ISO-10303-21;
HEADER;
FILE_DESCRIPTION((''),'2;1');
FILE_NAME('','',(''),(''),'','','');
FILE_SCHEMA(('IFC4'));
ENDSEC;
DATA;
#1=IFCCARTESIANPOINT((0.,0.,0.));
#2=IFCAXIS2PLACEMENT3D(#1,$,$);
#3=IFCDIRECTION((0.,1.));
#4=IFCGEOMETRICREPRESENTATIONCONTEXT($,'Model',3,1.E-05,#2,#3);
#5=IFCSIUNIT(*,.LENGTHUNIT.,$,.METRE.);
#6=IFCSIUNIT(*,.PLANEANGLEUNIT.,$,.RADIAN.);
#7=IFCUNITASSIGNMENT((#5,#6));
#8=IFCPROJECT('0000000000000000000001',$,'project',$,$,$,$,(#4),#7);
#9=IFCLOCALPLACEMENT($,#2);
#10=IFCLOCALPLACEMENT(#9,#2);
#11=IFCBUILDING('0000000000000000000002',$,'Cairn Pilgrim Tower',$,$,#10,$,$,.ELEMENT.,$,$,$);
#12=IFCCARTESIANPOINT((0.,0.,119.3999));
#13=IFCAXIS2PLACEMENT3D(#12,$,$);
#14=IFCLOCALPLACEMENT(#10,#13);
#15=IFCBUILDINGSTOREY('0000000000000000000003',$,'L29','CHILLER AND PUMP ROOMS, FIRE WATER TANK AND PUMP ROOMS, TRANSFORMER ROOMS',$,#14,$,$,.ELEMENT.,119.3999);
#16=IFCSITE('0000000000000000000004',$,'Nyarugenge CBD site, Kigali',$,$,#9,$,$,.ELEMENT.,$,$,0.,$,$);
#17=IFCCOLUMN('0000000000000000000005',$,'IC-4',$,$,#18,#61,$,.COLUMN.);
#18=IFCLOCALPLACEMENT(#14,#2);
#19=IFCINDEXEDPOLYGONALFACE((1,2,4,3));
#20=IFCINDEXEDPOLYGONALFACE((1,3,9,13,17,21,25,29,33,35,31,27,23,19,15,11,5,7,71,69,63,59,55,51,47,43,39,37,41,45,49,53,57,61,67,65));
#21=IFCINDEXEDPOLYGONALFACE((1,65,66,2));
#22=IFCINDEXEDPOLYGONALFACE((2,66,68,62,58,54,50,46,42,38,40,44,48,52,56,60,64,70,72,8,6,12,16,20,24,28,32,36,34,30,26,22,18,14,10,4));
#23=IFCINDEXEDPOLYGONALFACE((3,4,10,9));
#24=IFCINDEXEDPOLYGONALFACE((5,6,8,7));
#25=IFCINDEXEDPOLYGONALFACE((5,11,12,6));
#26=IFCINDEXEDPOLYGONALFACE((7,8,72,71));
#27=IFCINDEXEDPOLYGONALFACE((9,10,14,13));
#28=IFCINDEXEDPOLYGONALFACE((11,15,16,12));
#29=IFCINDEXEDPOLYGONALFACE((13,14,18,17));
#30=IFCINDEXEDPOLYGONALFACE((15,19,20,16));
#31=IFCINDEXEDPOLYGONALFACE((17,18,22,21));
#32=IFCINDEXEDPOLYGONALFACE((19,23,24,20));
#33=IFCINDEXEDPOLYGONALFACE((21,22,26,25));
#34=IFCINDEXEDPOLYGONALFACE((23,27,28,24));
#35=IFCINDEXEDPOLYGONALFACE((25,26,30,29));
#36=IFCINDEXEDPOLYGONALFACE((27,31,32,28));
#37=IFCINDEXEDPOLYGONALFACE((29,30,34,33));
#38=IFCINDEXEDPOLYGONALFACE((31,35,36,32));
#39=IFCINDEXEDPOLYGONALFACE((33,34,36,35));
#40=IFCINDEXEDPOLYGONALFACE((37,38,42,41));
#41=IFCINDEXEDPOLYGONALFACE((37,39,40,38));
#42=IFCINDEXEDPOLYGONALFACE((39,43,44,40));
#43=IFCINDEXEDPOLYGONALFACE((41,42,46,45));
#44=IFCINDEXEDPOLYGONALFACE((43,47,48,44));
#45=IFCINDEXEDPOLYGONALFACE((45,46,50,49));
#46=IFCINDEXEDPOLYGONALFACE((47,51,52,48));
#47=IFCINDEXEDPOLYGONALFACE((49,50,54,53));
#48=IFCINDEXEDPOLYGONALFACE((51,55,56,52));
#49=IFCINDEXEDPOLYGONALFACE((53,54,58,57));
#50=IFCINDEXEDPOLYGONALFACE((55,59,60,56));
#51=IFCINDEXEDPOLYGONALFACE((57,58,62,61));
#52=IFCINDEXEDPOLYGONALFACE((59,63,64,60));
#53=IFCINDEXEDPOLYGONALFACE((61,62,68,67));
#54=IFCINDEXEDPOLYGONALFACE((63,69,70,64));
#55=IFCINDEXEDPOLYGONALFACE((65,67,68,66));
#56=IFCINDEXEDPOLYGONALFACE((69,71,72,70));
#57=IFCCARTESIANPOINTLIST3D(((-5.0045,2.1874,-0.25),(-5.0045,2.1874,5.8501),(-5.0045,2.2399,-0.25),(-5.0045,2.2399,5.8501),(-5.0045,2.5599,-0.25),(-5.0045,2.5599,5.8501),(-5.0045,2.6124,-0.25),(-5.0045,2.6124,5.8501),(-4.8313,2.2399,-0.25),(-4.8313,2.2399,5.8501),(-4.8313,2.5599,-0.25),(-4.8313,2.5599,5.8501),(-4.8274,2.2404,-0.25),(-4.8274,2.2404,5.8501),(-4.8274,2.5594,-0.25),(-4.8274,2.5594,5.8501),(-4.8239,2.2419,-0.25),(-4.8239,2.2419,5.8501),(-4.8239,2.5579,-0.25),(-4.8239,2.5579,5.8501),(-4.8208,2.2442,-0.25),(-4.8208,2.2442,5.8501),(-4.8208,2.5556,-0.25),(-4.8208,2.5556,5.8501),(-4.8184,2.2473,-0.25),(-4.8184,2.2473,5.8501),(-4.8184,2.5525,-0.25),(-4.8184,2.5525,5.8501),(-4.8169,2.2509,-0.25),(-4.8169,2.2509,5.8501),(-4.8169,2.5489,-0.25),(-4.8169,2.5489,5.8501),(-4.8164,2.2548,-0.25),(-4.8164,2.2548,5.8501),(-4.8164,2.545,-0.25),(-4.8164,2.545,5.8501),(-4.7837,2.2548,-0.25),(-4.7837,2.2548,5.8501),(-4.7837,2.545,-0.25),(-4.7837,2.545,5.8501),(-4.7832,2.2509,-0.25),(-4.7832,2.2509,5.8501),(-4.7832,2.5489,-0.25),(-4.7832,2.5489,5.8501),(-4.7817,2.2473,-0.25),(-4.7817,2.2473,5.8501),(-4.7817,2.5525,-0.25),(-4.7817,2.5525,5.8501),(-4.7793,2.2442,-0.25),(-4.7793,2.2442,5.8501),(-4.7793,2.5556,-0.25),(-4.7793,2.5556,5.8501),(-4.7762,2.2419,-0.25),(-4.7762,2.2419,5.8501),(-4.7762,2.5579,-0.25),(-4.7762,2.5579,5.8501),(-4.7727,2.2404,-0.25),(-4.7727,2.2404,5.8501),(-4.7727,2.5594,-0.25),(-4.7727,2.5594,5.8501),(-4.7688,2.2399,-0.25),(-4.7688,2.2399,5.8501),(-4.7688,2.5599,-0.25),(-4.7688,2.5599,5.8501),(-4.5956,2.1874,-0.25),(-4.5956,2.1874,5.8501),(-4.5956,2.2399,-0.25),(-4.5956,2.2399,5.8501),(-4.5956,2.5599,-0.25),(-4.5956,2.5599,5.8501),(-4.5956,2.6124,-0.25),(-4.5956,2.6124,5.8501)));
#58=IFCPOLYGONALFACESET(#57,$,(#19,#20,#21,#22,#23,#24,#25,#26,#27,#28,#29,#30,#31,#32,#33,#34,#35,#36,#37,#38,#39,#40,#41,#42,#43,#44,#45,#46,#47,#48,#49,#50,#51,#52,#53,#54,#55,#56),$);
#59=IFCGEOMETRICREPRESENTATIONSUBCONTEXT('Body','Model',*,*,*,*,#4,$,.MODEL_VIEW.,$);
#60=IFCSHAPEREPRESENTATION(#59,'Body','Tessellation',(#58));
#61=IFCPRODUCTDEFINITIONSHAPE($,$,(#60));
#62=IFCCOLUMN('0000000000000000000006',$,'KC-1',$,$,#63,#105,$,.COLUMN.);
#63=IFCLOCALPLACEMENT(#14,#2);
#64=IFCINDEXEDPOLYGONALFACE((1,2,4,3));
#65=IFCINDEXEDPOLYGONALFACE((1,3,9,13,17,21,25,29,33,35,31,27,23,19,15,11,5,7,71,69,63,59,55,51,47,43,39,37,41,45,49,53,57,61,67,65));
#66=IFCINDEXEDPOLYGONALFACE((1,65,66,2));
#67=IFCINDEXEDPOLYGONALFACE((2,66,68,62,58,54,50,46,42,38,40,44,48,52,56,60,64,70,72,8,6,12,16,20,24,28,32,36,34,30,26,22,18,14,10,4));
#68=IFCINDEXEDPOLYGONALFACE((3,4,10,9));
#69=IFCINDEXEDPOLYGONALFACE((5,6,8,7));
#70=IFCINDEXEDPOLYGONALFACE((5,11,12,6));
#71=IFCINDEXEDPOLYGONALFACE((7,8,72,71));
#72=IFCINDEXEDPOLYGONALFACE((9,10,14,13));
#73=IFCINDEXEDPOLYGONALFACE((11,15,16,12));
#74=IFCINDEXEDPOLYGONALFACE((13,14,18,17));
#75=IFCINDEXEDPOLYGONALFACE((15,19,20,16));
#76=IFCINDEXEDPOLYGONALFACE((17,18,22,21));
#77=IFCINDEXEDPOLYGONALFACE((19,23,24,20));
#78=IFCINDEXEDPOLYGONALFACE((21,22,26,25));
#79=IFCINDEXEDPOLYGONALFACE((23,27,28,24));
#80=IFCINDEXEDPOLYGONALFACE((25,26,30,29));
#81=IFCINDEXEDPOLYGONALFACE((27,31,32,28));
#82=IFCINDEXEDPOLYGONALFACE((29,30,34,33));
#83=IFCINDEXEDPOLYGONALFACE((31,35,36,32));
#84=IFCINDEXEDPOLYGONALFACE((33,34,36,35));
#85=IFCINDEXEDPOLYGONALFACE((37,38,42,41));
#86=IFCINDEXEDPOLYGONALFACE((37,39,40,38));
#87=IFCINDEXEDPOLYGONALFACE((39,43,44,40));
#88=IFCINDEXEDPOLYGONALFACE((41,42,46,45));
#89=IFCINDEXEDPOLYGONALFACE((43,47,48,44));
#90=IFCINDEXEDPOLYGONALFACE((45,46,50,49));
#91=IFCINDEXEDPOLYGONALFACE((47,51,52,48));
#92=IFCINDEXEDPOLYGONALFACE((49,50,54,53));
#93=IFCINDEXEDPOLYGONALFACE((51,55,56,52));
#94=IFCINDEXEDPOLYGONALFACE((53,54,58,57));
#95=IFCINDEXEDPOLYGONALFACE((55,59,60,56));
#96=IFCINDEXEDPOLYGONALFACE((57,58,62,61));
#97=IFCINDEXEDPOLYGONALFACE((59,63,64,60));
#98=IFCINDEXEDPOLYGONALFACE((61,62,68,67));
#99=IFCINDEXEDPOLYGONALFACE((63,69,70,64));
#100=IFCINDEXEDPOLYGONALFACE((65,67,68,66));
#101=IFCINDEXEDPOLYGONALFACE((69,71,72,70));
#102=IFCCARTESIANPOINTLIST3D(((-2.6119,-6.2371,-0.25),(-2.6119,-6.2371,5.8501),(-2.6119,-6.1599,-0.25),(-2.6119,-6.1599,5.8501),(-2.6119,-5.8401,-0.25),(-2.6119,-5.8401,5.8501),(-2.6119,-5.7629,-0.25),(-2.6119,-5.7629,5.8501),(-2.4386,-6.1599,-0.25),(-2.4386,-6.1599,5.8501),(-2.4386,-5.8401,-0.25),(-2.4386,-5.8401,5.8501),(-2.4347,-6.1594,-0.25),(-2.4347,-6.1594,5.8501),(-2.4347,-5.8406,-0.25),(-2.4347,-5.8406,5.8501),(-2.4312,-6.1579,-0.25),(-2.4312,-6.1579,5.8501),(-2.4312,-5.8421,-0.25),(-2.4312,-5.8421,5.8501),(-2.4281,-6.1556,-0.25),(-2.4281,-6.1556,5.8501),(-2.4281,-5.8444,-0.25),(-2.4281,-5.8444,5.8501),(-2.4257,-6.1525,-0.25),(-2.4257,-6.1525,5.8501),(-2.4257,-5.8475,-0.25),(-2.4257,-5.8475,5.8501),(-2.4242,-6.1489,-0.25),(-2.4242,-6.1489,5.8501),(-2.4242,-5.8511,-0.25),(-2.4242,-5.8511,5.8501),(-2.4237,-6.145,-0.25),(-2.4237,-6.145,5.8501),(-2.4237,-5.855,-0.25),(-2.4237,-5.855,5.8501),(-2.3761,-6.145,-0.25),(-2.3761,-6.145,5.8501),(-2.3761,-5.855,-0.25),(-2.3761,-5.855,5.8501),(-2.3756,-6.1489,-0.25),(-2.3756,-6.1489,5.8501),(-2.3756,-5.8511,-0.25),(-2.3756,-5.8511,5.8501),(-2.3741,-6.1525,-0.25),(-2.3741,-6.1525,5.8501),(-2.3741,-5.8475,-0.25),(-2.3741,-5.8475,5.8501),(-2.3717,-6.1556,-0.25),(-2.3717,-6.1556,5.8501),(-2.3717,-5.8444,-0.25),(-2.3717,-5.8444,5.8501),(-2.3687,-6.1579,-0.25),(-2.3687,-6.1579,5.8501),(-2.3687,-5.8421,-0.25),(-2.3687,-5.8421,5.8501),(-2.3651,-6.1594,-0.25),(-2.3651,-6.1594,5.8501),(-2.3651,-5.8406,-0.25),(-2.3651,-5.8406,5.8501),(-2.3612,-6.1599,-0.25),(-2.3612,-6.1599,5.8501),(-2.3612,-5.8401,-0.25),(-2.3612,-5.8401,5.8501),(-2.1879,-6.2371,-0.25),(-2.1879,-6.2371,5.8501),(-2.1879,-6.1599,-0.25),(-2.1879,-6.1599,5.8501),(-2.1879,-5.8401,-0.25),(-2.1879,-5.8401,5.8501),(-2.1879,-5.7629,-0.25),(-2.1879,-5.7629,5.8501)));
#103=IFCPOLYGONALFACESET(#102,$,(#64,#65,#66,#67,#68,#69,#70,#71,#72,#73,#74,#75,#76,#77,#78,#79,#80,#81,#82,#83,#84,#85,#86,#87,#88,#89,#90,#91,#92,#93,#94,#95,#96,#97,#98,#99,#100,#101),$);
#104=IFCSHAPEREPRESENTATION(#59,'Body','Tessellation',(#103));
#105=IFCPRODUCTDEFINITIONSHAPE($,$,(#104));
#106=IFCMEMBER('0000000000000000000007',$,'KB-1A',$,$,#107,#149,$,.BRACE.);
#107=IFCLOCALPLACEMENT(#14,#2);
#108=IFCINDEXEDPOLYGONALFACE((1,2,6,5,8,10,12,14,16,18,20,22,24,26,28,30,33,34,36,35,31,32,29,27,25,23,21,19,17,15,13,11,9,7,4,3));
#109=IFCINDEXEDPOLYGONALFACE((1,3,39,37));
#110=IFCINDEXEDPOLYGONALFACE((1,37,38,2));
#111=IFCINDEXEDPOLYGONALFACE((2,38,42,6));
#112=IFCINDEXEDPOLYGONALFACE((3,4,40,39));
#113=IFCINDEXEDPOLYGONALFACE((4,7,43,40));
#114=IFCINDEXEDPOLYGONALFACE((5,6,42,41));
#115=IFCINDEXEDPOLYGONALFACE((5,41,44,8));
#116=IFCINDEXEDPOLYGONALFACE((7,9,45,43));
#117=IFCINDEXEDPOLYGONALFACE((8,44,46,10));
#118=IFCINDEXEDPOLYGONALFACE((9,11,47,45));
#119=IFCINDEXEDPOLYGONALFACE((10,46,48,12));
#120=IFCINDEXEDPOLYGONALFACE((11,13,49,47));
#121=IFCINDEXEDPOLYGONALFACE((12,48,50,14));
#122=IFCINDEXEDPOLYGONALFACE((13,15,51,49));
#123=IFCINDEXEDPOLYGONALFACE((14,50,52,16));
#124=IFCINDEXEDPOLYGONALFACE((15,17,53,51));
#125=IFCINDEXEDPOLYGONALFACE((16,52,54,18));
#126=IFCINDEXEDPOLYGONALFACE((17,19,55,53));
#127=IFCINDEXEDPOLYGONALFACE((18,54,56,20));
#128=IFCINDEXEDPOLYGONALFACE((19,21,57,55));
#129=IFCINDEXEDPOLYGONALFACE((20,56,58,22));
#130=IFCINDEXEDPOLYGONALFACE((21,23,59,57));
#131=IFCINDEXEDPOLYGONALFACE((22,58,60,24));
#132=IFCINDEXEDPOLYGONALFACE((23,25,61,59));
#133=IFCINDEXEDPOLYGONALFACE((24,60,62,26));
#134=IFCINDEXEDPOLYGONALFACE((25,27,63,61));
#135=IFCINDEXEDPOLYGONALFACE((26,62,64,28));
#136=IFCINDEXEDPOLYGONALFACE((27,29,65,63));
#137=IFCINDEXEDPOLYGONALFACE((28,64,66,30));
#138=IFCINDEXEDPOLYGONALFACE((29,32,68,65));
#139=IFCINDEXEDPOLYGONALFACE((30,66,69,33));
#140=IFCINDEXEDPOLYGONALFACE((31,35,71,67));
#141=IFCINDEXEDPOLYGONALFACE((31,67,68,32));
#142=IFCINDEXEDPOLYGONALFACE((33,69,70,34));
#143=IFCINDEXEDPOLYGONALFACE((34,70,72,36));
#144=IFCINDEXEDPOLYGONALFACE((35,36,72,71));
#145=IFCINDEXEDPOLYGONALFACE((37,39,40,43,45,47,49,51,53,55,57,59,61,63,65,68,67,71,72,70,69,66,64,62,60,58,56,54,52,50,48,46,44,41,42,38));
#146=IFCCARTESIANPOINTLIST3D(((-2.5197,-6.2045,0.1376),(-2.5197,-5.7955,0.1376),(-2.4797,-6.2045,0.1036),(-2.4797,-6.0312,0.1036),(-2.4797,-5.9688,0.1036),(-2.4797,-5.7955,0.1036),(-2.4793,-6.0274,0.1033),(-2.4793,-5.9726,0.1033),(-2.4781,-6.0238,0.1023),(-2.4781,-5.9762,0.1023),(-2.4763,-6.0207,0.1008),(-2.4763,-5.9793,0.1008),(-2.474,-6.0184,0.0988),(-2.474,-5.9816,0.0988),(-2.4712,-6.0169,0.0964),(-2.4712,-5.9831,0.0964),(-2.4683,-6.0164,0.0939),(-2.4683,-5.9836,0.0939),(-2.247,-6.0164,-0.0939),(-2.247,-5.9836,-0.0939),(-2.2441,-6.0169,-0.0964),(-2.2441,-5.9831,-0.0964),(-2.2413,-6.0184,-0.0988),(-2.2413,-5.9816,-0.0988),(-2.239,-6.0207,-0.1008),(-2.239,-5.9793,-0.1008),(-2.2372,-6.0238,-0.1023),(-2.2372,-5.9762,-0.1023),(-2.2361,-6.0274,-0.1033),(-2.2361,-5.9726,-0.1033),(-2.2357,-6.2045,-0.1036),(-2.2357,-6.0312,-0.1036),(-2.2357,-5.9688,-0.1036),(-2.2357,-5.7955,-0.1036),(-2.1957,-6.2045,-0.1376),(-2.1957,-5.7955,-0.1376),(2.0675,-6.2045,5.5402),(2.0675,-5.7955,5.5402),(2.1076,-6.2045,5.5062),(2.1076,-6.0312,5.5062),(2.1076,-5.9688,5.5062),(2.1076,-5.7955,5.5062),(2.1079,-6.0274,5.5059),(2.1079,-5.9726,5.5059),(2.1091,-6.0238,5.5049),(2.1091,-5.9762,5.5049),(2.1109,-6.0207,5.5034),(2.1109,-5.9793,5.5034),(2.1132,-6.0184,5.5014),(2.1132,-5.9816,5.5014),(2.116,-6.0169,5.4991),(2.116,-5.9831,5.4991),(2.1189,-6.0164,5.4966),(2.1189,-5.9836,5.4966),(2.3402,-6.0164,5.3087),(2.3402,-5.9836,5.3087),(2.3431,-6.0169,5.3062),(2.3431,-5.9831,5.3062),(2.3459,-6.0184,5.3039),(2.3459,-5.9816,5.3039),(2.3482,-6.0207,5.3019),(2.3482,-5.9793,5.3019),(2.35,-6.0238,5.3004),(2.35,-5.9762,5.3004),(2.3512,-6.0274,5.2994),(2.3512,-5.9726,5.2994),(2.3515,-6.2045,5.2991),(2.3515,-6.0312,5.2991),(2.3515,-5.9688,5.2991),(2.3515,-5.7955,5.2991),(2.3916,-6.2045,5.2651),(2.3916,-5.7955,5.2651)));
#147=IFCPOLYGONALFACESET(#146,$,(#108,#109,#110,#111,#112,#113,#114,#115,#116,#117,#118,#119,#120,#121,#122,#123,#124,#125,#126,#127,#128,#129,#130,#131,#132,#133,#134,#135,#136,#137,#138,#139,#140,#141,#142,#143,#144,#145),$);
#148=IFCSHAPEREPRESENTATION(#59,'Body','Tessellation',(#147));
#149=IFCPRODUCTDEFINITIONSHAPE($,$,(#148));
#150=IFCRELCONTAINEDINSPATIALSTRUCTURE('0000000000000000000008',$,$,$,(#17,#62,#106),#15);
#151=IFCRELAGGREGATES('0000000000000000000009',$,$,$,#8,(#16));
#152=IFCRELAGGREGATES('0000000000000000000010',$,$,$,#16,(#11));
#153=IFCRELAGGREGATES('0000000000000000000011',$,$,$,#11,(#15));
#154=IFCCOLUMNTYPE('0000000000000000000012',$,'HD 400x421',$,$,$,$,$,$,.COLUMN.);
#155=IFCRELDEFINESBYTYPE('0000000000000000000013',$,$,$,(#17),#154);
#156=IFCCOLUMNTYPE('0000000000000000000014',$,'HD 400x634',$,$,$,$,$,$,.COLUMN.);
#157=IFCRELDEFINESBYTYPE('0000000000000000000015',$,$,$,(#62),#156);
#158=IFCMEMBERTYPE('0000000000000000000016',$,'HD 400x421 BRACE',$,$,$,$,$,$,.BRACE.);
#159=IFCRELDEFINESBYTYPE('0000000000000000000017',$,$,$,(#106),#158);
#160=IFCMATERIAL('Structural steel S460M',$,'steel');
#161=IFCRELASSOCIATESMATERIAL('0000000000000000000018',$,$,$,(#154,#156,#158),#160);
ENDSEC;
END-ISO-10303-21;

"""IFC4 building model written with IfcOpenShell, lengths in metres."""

from ifc_helpers import new_model, si_unit, direction, frame, origin, origin_2d, place, context, subcontext, project, spatial, i_section, extrude, material, material_profile, profile_set, type_object, element, save


model = new_model("IFC4")

# Units and contexts
model_context = context("Model", 3, precision=1e-05, world=origin(), true_north=direction((0.0, 1.0)))
body_context = subcontext(model_context, "Body", "Model", "MODEL_VIEW")
ifc_project = project(units=[si_unit("LENGTHUNIT", "METRE"), si_unit("PLANEANGLEUNIT", "RADIAN")], contexts=[model_context])

# Site, building, storey
site_placement = place(None, origin())
site = spatial("IfcSite", under=ifc_project, at=site_placement, Name="Nyarugenge CBD site, Kigali", CompositionType="ELEMENT", RefElevation=0.0)
building_placement = place(site_placement, origin())
building = spatial("IfcBuilding", under=site, at=building_placement, Name="Cairn Pilgrim Tower", CompositionType="ELEMENT")
storey_placement = place(building_placement, frame((0.0, 0.0, 119.3999)))
storey = spatial("IfcBuildingStorey", under=building, at=storey_placement, Name="L29", Description="CHILLER AND PUMP ROOMS, FIRE WATER TANK AND PUMP ROOMS, TRANSFORMER ROOMS", CompositionType="ELEMENT", Elevation=119.3999)

# Columns
ifc_material_1 = material(Name="Structural steel S460M", Category="steel")
ifc_material_profile_1 = material_profile(ifc_material_1, i_section(OverallWidth=0.4089, OverallDepth=0.425, WebThickness=0.0327, FlangeThickness=0.0525, FilletRadius=0.0149, at=origin_2d()), Name="HD 400x421")
ifc_profile_set_1 = profile_set([ifc_material_profile_1], Name="Structural steel S460M")
column_type_1 = type_object("IfcColumnType", Name="HD 400x421", PredefinedType="COLUMN", material=ifc_profile_set_1)
column_1_placement = place(storey_placement, frame((-4.8, 2.3999, -0.25), z_axis=(0.0, 0.0, 1.0), x_axis=(1.0, 0.0, 0.0)))
element("IfcColumn", 1, at=column_1_placement, inside=storey, type_object=column_type_1, Name="IC-4", PredefinedType="COLUMN", context=body_context, shape_type="SweptSolid", body=[
    extrude(i_section(OverallWidth=0.4089, OverallDepth=0.425, WebThickness=0.0327, FlangeThickness=0.0525, FilletRadius=0.0149, at=origin_2d()), origin(), (0.0, 0.0, 1.0), 6.1001),
])
ifc_material_profile_2 = material_profile(ifc_material_1, i_section(OverallWidth=0.4241, OverallDepth=0.4741, WebThickness=0.0476, FlangeThickness=0.0771, FilletRadius=0.0149, at=origin_2d()), Name="HD 400x634")
ifc_profile_set_2 = profile_set([ifc_material_profile_2], Name="Structural steel S460M")
column_type_2 = type_object("IfcColumnType", Name="HD 400x634", PredefinedType="COLUMN", material=ifc_profile_set_2)
column_2_placement = place(storey_placement, frame((-2.3999, -6.0, -0.25), z_axis=(0.0, 0.0, 1.0), x_axis=(1.0, 0.0, 0.0)))
element("IfcColumn", 2, at=column_2_placement, inside=storey, type_object=column_type_2, Name="KC-1", PredefinedType="COLUMN", context=body_context, shape_type="SweptSolid", body=[
    extrude(i_section(OverallWidth=0.4241, OverallDepth=0.4741, WebThickness=0.0476, FlangeThickness=0.0771, FilletRadius=0.0149, at=origin_2d()), origin(), (0.0, 0.0, 1.0), 6.1001),
])

# Member
ifc_material_profile_3 = material_profile(ifc_material_1, i_section(OverallWidth=0.4089, OverallDepth=0.425, WebThickness=0.0327, FlangeThickness=0.0525, FilletRadius=0.0149, at=origin_2d()), Name="HD 400x421")
ifc_profile_set_3 = profile_set([ifc_material_profile_3], Name="Structural steel S460M")
member_type = type_object("IfcMemberType", Name="HD 400x421 BRACE", PredefinedType="BRACE", material=ifc_profile_set_3)
member_placement = place(storey_placement, frame((-2.3577, -6.0, 0.0), z_axis=(0.647235, 0.0, 0.76229), x_axis=(0.0, 1.0, 0.0)))
element("IfcMember", 3, at=member_placement, inside=storey, type_object=member_type, Name="KB-1A", PredefinedType="BRACE", context=body_context, shape_type="SweptSolid", body=[
    extrude(i_section(OverallWidth=0.4089, OverallDepth=0.425, WebThickness=0.0327, FlangeThickness=0.0525, FilletRadius=0.0149, at=origin_2d()), origin(), (0.0, 0.0, 1.0), 7.0874),
])

save(model, "model.ifc")
